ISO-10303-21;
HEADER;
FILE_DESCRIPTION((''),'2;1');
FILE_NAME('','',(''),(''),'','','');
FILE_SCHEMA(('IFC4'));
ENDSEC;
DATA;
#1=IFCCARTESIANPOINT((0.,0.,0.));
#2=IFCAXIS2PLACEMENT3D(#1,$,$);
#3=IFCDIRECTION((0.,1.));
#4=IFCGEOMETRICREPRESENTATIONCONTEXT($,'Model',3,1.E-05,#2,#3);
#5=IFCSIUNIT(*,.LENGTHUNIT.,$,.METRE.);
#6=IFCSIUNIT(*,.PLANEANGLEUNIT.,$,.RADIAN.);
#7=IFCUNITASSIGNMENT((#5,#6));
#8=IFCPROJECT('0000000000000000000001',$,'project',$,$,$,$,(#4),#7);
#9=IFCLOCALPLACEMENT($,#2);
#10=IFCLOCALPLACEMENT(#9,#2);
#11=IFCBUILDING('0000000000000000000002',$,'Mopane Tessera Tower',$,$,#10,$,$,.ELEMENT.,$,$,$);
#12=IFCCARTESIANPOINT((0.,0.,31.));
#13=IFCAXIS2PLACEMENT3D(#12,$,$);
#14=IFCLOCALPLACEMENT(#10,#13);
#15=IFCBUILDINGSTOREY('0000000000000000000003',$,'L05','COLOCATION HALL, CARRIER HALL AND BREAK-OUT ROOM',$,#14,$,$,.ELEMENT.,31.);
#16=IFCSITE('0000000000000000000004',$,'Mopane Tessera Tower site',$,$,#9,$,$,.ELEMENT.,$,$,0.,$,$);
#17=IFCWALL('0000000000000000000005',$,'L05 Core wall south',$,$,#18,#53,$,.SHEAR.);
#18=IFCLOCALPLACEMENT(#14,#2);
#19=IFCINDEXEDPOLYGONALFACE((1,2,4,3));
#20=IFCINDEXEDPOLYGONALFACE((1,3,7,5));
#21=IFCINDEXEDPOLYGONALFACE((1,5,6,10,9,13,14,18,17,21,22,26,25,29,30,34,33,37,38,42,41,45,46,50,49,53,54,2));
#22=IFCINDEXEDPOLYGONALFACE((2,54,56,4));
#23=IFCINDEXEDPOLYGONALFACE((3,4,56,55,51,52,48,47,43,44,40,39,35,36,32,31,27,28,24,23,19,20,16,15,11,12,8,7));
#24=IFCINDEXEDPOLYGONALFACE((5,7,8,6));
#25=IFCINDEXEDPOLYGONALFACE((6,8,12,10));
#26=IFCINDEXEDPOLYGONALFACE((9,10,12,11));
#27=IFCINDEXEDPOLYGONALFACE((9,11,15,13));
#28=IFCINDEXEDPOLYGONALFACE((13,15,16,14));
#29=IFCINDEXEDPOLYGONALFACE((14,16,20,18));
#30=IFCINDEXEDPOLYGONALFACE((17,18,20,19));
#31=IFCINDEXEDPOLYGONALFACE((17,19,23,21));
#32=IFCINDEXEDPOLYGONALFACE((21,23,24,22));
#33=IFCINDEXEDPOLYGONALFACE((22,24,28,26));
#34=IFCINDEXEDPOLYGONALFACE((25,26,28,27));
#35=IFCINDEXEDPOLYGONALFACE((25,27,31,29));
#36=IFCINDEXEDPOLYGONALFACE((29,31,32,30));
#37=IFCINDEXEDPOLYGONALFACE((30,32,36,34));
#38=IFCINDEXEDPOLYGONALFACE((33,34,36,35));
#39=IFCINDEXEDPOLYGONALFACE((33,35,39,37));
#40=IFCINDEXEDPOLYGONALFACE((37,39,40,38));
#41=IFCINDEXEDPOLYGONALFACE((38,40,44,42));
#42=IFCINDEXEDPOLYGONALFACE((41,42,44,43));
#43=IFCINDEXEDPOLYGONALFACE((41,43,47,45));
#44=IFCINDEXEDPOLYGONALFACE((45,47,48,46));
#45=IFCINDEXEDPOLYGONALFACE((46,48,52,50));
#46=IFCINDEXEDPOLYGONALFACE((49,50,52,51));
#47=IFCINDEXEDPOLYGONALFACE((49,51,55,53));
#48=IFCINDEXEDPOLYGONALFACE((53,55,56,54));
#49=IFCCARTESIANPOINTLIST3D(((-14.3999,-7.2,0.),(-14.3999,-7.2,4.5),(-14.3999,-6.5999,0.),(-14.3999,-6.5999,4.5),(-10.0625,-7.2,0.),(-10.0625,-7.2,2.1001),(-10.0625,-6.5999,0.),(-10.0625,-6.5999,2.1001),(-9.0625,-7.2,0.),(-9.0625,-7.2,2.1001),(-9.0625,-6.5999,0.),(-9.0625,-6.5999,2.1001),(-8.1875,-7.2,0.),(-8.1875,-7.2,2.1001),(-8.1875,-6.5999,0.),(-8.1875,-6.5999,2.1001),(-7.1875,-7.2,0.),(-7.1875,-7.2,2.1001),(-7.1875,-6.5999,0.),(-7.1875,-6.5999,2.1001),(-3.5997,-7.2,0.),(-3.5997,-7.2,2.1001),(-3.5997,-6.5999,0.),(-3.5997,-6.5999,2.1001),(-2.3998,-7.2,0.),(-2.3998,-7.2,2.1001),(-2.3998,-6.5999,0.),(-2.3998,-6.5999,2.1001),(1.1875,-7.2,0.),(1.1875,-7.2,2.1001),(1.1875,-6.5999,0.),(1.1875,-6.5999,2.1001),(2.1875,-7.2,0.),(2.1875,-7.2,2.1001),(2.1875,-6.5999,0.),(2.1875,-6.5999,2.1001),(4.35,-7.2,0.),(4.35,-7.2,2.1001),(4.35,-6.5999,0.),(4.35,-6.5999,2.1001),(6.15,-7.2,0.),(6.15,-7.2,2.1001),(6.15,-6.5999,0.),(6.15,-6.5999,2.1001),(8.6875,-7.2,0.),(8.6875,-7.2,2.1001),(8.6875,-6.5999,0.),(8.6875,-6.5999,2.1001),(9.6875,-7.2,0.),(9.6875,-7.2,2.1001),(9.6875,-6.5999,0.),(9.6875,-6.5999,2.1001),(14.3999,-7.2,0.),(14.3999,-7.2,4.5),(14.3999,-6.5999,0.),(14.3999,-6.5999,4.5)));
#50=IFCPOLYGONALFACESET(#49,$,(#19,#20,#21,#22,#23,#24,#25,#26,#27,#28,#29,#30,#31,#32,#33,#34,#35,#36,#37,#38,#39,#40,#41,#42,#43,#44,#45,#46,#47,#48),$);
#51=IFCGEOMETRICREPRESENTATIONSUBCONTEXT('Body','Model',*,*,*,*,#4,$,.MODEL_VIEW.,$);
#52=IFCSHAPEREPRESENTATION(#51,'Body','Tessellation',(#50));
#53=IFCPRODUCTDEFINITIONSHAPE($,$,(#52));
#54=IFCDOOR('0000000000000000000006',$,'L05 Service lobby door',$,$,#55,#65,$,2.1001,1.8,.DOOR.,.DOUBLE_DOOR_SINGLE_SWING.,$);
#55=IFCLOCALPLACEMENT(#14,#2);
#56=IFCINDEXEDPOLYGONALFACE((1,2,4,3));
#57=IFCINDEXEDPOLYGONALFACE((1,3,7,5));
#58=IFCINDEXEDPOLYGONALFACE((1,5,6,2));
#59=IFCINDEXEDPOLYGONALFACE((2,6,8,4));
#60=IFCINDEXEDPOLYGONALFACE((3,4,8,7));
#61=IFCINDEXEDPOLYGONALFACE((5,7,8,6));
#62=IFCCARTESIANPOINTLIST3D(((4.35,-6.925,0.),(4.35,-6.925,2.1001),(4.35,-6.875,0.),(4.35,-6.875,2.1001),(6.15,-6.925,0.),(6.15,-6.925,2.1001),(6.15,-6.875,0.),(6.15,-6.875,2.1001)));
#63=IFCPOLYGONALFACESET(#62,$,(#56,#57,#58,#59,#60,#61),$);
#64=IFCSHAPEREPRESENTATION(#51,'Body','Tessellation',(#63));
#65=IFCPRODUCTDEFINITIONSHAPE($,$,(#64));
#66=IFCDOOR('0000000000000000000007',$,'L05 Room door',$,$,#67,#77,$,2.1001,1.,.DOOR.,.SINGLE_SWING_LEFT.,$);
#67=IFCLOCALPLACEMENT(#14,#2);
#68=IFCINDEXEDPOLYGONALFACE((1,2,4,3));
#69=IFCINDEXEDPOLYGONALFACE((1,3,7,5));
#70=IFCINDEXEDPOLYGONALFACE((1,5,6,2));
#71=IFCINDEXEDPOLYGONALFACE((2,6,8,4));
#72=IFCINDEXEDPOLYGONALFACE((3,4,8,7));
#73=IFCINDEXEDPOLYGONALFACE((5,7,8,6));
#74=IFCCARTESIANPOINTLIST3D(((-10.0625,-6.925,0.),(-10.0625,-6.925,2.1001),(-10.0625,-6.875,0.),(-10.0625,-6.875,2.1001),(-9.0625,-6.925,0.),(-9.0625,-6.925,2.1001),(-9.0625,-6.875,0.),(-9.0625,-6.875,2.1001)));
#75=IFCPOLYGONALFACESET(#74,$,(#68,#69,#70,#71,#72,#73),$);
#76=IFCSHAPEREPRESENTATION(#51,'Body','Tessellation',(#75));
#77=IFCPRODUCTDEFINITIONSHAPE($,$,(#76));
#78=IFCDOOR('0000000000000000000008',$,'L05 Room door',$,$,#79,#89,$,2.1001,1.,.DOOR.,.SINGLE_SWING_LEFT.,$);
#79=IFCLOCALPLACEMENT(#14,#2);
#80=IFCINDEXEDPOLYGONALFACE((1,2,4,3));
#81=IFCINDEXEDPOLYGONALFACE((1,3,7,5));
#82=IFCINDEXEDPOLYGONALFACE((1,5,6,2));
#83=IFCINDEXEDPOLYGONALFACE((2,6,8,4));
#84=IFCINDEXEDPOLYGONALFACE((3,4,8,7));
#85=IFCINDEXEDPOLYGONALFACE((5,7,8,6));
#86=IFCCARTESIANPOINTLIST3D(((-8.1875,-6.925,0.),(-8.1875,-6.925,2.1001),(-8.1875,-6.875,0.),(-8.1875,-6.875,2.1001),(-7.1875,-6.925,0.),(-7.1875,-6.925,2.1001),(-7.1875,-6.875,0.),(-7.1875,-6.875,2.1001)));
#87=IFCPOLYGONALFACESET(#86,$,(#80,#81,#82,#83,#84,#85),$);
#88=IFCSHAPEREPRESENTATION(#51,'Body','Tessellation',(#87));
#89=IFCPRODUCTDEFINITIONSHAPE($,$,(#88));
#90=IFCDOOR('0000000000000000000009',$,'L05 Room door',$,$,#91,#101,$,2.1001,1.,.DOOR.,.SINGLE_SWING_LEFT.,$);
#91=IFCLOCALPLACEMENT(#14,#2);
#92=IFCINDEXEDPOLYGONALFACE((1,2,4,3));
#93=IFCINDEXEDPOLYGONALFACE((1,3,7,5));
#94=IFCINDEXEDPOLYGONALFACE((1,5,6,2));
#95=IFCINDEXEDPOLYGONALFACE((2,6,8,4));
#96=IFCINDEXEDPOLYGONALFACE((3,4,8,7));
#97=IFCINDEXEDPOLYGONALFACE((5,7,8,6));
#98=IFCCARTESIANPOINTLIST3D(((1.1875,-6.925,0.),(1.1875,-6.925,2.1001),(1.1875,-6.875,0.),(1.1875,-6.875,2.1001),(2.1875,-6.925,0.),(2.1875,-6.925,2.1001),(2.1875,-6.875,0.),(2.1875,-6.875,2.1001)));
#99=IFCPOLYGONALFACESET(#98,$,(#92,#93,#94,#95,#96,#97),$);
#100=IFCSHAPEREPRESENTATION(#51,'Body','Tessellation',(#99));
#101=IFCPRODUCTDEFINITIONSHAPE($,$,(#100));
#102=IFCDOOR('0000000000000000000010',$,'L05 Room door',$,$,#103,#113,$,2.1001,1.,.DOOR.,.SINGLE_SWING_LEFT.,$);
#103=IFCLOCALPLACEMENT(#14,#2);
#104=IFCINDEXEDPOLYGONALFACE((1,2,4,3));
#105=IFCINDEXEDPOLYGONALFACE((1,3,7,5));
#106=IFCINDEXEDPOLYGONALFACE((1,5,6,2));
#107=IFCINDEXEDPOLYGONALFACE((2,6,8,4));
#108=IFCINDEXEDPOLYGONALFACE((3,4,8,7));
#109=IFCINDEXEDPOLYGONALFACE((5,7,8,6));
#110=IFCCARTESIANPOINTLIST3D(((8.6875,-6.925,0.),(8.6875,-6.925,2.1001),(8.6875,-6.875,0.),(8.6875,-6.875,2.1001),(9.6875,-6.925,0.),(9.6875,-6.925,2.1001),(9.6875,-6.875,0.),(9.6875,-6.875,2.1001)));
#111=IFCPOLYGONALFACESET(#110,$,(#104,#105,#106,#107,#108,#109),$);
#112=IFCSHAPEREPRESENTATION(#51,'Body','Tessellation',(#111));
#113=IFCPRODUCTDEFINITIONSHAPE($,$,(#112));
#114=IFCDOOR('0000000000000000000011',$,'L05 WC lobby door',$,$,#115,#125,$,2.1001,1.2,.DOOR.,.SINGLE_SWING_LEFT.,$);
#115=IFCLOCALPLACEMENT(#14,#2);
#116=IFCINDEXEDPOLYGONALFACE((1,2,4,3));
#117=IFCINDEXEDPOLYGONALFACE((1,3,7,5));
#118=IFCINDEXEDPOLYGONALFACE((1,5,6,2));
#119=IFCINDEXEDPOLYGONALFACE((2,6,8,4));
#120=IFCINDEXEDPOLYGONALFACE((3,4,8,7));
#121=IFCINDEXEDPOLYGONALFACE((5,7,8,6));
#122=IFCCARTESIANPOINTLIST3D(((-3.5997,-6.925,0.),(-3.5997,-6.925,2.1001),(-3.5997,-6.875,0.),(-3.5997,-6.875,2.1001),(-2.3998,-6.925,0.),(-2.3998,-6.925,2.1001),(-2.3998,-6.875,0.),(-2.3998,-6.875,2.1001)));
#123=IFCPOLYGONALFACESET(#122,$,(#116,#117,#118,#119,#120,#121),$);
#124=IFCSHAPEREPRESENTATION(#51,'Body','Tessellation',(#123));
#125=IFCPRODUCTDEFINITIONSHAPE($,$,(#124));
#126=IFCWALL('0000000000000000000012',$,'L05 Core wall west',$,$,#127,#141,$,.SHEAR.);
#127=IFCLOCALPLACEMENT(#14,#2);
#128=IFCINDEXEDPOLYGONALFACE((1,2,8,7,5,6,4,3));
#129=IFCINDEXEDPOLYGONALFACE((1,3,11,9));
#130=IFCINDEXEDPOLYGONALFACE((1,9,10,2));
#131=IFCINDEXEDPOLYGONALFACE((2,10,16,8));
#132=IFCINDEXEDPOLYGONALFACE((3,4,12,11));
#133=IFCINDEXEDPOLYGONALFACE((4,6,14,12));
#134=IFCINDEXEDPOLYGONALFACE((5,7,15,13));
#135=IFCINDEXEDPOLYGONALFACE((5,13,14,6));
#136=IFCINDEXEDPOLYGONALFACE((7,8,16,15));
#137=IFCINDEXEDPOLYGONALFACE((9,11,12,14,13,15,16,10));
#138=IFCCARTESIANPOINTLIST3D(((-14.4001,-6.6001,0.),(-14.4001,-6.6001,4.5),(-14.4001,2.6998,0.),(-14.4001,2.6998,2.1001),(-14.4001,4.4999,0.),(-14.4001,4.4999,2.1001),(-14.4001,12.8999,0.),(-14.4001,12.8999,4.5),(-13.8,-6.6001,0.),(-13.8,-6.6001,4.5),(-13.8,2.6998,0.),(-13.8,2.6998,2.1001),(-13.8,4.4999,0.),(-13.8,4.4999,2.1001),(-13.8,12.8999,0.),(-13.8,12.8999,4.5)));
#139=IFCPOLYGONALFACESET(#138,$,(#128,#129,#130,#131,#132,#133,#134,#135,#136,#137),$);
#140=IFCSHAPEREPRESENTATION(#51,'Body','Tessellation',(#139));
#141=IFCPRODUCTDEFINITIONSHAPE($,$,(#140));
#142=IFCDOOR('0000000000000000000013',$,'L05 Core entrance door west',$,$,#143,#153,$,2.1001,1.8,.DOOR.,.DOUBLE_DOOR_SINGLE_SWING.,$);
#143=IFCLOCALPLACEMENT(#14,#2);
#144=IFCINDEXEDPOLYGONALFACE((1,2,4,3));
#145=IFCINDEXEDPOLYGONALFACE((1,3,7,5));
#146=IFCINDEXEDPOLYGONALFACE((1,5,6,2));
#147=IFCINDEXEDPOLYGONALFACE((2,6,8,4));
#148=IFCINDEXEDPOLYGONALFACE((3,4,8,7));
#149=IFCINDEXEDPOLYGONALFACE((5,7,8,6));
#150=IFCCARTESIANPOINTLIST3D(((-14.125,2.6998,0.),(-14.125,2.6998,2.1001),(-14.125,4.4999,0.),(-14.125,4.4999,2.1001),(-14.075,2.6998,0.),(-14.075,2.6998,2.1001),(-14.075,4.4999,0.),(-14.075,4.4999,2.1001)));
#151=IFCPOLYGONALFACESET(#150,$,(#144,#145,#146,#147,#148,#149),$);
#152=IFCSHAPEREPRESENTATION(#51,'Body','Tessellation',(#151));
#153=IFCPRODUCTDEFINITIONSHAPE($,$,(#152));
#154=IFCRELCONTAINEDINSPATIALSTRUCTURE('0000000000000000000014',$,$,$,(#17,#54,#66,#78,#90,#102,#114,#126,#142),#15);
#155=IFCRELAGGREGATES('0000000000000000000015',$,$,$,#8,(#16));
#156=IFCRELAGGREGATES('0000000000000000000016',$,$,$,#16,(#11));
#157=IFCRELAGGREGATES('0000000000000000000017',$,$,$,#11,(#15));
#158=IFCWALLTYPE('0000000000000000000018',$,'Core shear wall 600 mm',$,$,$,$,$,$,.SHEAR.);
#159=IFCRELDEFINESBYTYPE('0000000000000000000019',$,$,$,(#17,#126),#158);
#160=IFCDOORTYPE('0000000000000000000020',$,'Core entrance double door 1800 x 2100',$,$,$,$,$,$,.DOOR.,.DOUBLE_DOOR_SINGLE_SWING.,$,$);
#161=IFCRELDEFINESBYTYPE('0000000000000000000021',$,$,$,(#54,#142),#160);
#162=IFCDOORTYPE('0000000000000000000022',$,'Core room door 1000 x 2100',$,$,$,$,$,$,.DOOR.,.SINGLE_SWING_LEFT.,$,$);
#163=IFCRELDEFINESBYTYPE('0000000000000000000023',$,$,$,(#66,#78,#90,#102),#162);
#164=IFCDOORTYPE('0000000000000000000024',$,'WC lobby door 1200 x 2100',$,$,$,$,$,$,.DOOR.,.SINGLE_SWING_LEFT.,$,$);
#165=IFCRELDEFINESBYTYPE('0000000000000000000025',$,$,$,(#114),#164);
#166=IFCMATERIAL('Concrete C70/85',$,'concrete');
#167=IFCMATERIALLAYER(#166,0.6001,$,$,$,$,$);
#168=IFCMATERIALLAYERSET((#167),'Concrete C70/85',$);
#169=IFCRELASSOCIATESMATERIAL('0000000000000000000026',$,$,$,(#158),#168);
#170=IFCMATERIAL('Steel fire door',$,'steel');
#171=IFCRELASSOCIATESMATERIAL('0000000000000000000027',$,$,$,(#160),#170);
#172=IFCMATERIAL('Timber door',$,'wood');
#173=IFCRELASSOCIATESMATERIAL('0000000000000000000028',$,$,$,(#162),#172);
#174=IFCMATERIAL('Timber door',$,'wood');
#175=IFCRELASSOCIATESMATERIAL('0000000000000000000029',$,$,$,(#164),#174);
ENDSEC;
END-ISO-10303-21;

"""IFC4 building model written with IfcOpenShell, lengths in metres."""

from ifc_helpers import new_model, si_unit, direction, frame, frame_2d, origin, place, context, subcontext, project, spatial, rectangle, extrude, material, layer, layer_set, type_object, element, fill, save


model = new_model("IFC4")

# Units and contexts
model_context = context("Model", 3, precision=1e-05, world=origin(), true_north=direction((0.0, 1.0)))
body_context = subcontext(model_context, "Body", "Model", "MODEL_VIEW")
ifc_project = project(units=[si_unit("LENGTHUNIT", "METRE"), si_unit("PLANEANGLEUNIT", "RADIAN")], contexts=[model_context])

# Site, building, storey
site_placement = place(None, origin())
site = spatial("IfcSite", under=ifc_project, at=site_placement, Name="Mopane Tessera Tower site", CompositionType="ELEMENT", RefElevation=0.0)
building_placement = place(site_placement, origin())
building = spatial("IfcBuilding", under=site, at=building_placement, Name="Mopane Tessera Tower", CompositionType="ELEMENT")
storey_placement = place(building_placement, frame((0.0, 0.0, 31.0)))
storey = spatial("IfcBuildingStorey", under=building, at=storey_placement, Name="L05", Description="COLOCATION HALL, CARRIER HALL AND BREAK-OUT ROOM", CompositionType="ELEMENT", Elevation=31.0)

# Wall, openings, doors
ifc_material_1 = material(Name="Concrete C70/85", Category="concrete")
ifc_layer_1 = layer(ifc_material_1, 0.6001)
ifc_layer_set_1 = layer_set([ifc_layer_1], Name="Concrete C70/85")
wall_type = type_object("IfcWallType", Name="Core shear wall 600 mm", PredefinedType="SHEAR", material=ifc_layer_set_1)
wall_1_placement = place(storey_placement, frame((-14.3999, -6.8999, 0.0), z_axis=(0.0, 0.0, 1.0), x_axis=(1.0, 0.0, 0.0)))
wall_1 = element("IfcWall", 1, at=wall_1_placement, inside=storey, type_object=wall_type, Name="L05 Core wall south", PredefinedType="SHEAR", context=body_context, shape_type="SweptSolid", body=[
    extrude(rectangle(XDim=28.7998, YDim=0.6001, at=frame_2d((14.3999, 0.0))), origin(), (0.0, 0.0, 1.0), 4.5),
])
opening_1_placement = place(wall_1_placement, frame((4.3374, 0.0, 0.0)))
opening_1 = element("IfcOpeningElement", 2, at=opening_1_placement, cuts=wall_1, PredefinedType="OPENING", context=body_context, shape_type="SweptSolid", body=[
    extrude(rectangle(XDim=1.0, YDim=2.1001, at=frame_2d((0.5, 1.05))), frame((0.0, 0.312, 0.0), z_axis=(0.0, -1.0, 0.0), x_axis=(1.0, 0.0, 0.0)), (0.0, 0.0, 1.0), 0.624),
])
opening_2_placement = place(wall_1_placement, frame((6.2124, 0.0, 0.0)))
opening_2 = element("IfcOpeningElement", 3, at=opening_2_placement, cuts=wall_1, PredefinedType="OPENING", context=body_context, shape_type="SweptSolid", body=[
    extrude(rectangle(XDim=1.0, YDim=2.1001, at=frame_2d((0.5, 1.05))), frame((0.0, 0.312, 0.0), z_axis=(0.0, -1.0, 0.0), x_axis=(1.0, 0.0, 0.0)), (0.0, 0.0, 1.0), 0.624),
])
opening_3_placement = place(wall_1_placement, frame((10.8, 0.0, 0.0)))
opening_3 = element("IfcOpeningElement", 4, at=opening_3_placement, cuts=wall_1, PredefinedType="OPENING", context=body_context, shape_type="SweptSolid", body=[
    extrude(rectangle(XDim=1.2, YDim=2.1001, at=frame_2d((0.6001, 1.05))), frame((0.0, 0.312, 0.0), z_axis=(0.0, -1.0, 0.0), x_axis=(1.0, 0.0, 0.0)), (0.0, 0.0, 1.0), 0.624),
])
opening_4_placement = place(wall_1_placement, frame((15.5874, 0.0, 0.0)))
opening_4 = element("IfcOpeningElement", 5, at=opening_4_placement, cuts=wall_1, PredefinedType="OPENING", context=body_context, shape_type="SweptSolid", body=[
    extrude(rectangle(XDim=1.0, YDim=2.1001, at=frame_2d((0.5, 1.05))), frame((0.0, 0.312, 0.0), z_axis=(0.0, -1.0, 0.0), x_axis=(1.0, 0.0, 0.0)), (0.0, 0.0, 1.0), 0.624),
])
opening_5_placement = place(wall_1_placement, frame((18.75, 0.0, 0.0)))
opening_5 = element("IfcOpeningElement", 6, at=opening_5_placement, cuts=wall_1, PredefinedType="OPENING", context=body_context, shape_type="SweptSolid", body=[
    extrude(rectangle(XDim=1.8, YDim=2.1001, at=frame_2d((0.8999, 1.05))), frame((0.0, 0.312, 0.0), z_axis=(0.0, -1.0, 0.0), x_axis=(1.0, 0.0, 0.0)), (0.0, 0.0, 1.0), 0.624),
])
opening_6_placement = place(wall_1_placement, frame((23.0874, 0.0, 0.0)))
opening_6 = element("IfcOpeningElement", 7, at=opening_6_placement, cuts=wall_1, PredefinedType="OPENING", context=body_context, shape_type="SweptSolid", body=[
    extrude(rectangle(XDim=1.0, YDim=2.1001, at=frame_2d((0.5, 1.05))), frame((0.0, 0.312, 0.0), z_axis=(0.0, -1.0, 0.0), x_axis=(1.0, 0.0, 0.0)), (0.0, 0.0, 1.0), 0.624),
])
ifc_material_2 = material(Name="Steel fire door", Category="steel")
door_type_1 = type_object("IfcDoorType", Name="Core entrance double door 1800 x 2100", OperationType="DOUBLE_DOOR_SINGLE_SWING", PredefinedType="DOOR", material=ifc_material_2)
door_1_placement = place(opening_5_placement, origin())
door_1 = element("IfcDoor", 8, at=door_1_placement, inside=storey, type_object=door_type_1, Name="L05 Service lobby door", OperationType="DOUBLE_DOOR_SINGLE_SWING", OverallHeight=2.1001, OverallWidth=1.8, PredefinedType="DOOR", context=body_context, shape_type="SweptSolid", body=[
    extrude(rectangle(XDim=1.8, YDim=2.1001, at=frame_2d((0.8999, 1.05))), frame((0.0, 0.0249, 0.0), z_axis=(0.0, -1.0, 0.0), x_axis=(1.0, 0.0, 0.0)), (0.0, 0.0, 1.0), 0.05),
])
fill(opening_5, door_1)
ifc_material_3 = material(Name="Timber door", Category="wood")
door_type_2 = type_object("IfcDoorType", Name="Core room door 1000 x 2100", OperationType="SINGLE_SWING_LEFT", PredefinedType="DOOR", material=ifc_material_3)
door_2_placement = place(opening_1_placement, origin())
door_2 = element("IfcDoor", 9, at=door_2_placement, inside=storey, type_object=door_type_2, Name="L05 Room door", OperationType="SINGLE_SWING_LEFT", OverallHeight=2.1001, OverallWidth=1.0, PredefinedType="DOOR", context=body_context, shape_type="SweptSolid", body=[
    extrude(rectangle(XDim=1.0, YDim=2.1001, at=frame_2d((0.5, 1.05))), frame((0.0, 0.0249, 0.0), z_axis=(0.0, -1.0, 0.0), x_axis=(1.0, 0.0, 0.0)), (0.0, 0.0, 1.0), 0.05),
])
fill(opening_1, door_2)
door_3_placement = place(opening_2_placement, origin())
door_3 = element("IfcDoor", 10, at=door_3_placement, inside=storey, type_object=door_type_2, Name="L05 Room door", OperationType="SINGLE_SWING_LEFT", OverallHeight=2.1001, OverallWidth=1.0, PredefinedType="DOOR", context=body_context, shape_type="SweptSolid", body=[
    extrude(rectangle(XDim=1.0, YDim=2.1001, at=frame_2d((0.5, 1.05))), frame((0.0, 0.0249, 0.0), z_axis=(0.0, -1.0, 0.0), x_axis=(1.0, 0.0, 0.0)), (0.0, 0.0, 1.0), 0.05),
])
fill(opening_2, door_3)
door_4_placement = place(opening_4_placement, origin())
door_4 = element("IfcDoor", 11, at=door_4_placement, inside=storey, type_object=door_type_2, Name="L05 Room door", OperationType="SINGLE_SWING_LEFT", OverallHeight=2.1001, OverallWidth=1.0, PredefinedType="DOOR", context=body_context, shape_type="SweptSolid", body=[
    extrude(rectangle(XDim=1.0, YDim=2.1001, at=frame_2d((0.5, 1.05))), frame((0.0, 0.0249, 0.0), z_axis=(0.0, -1.0, 0.0), x_axis=(1.0, 0.0, 0.0)), (0.0, 0.0, 1.0), 0.05),
])
fill(opening_4, door_4)
door_5_placement = place(opening_6_placement, origin())
door_5 = element("IfcDoor", 12, at=door_5_placement, inside=storey, type_object=door_type_2, Name="L05 Room door", OperationType="SINGLE_SWING_LEFT", OverallHeight=2.1001, OverallWidth=1.0, PredefinedType="DOOR", context=body_context, shape_type="SweptSolid", body=[
    extrude(rectangle(XDim=1.0, YDim=2.1001, at=frame_2d((0.5, 1.05))), frame((0.0, 0.0249, 0.0), z_axis=(0.0, -1.0, 0.0), x_axis=(1.0, 0.0, 0.0)), (0.0, 0.0, 1.0), 0.05),
])
fill(opening_6, door_5)
ifc_material_4 = material(Name="Timber door", Category="wood")
door_type_3 = type_object("IfcDoorType", Name="WC lobby door 1200 x 2100", OperationType="SINGLE_SWING_LEFT", PredefinedType="DOOR", material=ifc_material_4)
door_6_placement = place(opening_3_placement, origin())
door_6 = element("IfcDoor", 13, at=door_6_placement, inside=storey, type_object=door_type_3, Name="L05 WC lobby door", OperationType="SINGLE_SWING_LEFT", OverallHeight=2.1001, OverallWidth=1.2, PredefinedType="DOOR", context=body_context, shape_type="SweptSolid", body=[
    extrude(rectangle(XDim=1.2, YDim=2.1001, at=frame_2d((0.6001, 1.05))), frame((0.0, 0.0249, 0.0), z_axis=(0.0, -1.0, 0.0), x_axis=(1.0, 0.0, 0.0)), (0.0, 0.0, 1.0), 0.05),
])
fill(opening_3, door_6)

# Wall, opening, door
wall_2_placement = place(storey_placement, frame((-14.1001, -6.6001, 0.0), z_axis=(0.0, 0.0, 1.0), x_axis=(0.0, 1.0, 0.0)))
wall_2 = element("IfcWall", 14, at=wall_2_placement, inside=storey, type_object=wall_type, Name="L05 Core wall west", PredefinedType="SHEAR", context=body_context, shape_type="SweptSolid", body=[
    extrude(rectangle(XDim=19.5, YDim=0.6001, at=frame_2d((9.75, 0.0))), origin(), (0.0, 0.0, 1.0), 4.5),
])
opening_7_placement = place(wall_2_placement, frame((9.3, 0.0, 0.0)))
opening_7 = element("IfcOpeningElement", 15, at=opening_7_placement, cuts=wall_2, PredefinedType="OPENING", context=body_context, shape_type="SweptSolid", body=[
    extrude(rectangle(XDim=1.8, YDim=2.1001, at=frame_2d((0.8999, 1.05))), frame((0.0, 0.312, 0.0), z_axis=(0.0, -1.0, 0.0), x_axis=(1.0, 0.0, 0.0)), (0.0, 0.0, 1.0), 0.624),
])
door_7_placement = place(opening_7_placement, origin())
door_7 = element("IfcDoor", 16, at=door_7_placement, inside=storey, type_object=door_type_1, Name="L05 Core entrance door west", OperationType="DOUBLE_DOOR_SINGLE_SWING", OverallHeight=2.1001, OverallWidth=1.8, PredefinedType="DOOR", context=body_context, shape_type="SweptSolid", body=[
    extrude(rectangle(XDim=1.8, YDim=2.1001, at=frame_2d((0.8999, 1.05))), frame((0.0, 0.0249, 0.0), z_axis=(0.0, -1.0, 0.0), x_axis=(1.0, 0.0, 0.0)), (0.0, 0.0, 1.0), 0.05),
])
fill(opening_7, door_7)

save(model, "model.ifc")
